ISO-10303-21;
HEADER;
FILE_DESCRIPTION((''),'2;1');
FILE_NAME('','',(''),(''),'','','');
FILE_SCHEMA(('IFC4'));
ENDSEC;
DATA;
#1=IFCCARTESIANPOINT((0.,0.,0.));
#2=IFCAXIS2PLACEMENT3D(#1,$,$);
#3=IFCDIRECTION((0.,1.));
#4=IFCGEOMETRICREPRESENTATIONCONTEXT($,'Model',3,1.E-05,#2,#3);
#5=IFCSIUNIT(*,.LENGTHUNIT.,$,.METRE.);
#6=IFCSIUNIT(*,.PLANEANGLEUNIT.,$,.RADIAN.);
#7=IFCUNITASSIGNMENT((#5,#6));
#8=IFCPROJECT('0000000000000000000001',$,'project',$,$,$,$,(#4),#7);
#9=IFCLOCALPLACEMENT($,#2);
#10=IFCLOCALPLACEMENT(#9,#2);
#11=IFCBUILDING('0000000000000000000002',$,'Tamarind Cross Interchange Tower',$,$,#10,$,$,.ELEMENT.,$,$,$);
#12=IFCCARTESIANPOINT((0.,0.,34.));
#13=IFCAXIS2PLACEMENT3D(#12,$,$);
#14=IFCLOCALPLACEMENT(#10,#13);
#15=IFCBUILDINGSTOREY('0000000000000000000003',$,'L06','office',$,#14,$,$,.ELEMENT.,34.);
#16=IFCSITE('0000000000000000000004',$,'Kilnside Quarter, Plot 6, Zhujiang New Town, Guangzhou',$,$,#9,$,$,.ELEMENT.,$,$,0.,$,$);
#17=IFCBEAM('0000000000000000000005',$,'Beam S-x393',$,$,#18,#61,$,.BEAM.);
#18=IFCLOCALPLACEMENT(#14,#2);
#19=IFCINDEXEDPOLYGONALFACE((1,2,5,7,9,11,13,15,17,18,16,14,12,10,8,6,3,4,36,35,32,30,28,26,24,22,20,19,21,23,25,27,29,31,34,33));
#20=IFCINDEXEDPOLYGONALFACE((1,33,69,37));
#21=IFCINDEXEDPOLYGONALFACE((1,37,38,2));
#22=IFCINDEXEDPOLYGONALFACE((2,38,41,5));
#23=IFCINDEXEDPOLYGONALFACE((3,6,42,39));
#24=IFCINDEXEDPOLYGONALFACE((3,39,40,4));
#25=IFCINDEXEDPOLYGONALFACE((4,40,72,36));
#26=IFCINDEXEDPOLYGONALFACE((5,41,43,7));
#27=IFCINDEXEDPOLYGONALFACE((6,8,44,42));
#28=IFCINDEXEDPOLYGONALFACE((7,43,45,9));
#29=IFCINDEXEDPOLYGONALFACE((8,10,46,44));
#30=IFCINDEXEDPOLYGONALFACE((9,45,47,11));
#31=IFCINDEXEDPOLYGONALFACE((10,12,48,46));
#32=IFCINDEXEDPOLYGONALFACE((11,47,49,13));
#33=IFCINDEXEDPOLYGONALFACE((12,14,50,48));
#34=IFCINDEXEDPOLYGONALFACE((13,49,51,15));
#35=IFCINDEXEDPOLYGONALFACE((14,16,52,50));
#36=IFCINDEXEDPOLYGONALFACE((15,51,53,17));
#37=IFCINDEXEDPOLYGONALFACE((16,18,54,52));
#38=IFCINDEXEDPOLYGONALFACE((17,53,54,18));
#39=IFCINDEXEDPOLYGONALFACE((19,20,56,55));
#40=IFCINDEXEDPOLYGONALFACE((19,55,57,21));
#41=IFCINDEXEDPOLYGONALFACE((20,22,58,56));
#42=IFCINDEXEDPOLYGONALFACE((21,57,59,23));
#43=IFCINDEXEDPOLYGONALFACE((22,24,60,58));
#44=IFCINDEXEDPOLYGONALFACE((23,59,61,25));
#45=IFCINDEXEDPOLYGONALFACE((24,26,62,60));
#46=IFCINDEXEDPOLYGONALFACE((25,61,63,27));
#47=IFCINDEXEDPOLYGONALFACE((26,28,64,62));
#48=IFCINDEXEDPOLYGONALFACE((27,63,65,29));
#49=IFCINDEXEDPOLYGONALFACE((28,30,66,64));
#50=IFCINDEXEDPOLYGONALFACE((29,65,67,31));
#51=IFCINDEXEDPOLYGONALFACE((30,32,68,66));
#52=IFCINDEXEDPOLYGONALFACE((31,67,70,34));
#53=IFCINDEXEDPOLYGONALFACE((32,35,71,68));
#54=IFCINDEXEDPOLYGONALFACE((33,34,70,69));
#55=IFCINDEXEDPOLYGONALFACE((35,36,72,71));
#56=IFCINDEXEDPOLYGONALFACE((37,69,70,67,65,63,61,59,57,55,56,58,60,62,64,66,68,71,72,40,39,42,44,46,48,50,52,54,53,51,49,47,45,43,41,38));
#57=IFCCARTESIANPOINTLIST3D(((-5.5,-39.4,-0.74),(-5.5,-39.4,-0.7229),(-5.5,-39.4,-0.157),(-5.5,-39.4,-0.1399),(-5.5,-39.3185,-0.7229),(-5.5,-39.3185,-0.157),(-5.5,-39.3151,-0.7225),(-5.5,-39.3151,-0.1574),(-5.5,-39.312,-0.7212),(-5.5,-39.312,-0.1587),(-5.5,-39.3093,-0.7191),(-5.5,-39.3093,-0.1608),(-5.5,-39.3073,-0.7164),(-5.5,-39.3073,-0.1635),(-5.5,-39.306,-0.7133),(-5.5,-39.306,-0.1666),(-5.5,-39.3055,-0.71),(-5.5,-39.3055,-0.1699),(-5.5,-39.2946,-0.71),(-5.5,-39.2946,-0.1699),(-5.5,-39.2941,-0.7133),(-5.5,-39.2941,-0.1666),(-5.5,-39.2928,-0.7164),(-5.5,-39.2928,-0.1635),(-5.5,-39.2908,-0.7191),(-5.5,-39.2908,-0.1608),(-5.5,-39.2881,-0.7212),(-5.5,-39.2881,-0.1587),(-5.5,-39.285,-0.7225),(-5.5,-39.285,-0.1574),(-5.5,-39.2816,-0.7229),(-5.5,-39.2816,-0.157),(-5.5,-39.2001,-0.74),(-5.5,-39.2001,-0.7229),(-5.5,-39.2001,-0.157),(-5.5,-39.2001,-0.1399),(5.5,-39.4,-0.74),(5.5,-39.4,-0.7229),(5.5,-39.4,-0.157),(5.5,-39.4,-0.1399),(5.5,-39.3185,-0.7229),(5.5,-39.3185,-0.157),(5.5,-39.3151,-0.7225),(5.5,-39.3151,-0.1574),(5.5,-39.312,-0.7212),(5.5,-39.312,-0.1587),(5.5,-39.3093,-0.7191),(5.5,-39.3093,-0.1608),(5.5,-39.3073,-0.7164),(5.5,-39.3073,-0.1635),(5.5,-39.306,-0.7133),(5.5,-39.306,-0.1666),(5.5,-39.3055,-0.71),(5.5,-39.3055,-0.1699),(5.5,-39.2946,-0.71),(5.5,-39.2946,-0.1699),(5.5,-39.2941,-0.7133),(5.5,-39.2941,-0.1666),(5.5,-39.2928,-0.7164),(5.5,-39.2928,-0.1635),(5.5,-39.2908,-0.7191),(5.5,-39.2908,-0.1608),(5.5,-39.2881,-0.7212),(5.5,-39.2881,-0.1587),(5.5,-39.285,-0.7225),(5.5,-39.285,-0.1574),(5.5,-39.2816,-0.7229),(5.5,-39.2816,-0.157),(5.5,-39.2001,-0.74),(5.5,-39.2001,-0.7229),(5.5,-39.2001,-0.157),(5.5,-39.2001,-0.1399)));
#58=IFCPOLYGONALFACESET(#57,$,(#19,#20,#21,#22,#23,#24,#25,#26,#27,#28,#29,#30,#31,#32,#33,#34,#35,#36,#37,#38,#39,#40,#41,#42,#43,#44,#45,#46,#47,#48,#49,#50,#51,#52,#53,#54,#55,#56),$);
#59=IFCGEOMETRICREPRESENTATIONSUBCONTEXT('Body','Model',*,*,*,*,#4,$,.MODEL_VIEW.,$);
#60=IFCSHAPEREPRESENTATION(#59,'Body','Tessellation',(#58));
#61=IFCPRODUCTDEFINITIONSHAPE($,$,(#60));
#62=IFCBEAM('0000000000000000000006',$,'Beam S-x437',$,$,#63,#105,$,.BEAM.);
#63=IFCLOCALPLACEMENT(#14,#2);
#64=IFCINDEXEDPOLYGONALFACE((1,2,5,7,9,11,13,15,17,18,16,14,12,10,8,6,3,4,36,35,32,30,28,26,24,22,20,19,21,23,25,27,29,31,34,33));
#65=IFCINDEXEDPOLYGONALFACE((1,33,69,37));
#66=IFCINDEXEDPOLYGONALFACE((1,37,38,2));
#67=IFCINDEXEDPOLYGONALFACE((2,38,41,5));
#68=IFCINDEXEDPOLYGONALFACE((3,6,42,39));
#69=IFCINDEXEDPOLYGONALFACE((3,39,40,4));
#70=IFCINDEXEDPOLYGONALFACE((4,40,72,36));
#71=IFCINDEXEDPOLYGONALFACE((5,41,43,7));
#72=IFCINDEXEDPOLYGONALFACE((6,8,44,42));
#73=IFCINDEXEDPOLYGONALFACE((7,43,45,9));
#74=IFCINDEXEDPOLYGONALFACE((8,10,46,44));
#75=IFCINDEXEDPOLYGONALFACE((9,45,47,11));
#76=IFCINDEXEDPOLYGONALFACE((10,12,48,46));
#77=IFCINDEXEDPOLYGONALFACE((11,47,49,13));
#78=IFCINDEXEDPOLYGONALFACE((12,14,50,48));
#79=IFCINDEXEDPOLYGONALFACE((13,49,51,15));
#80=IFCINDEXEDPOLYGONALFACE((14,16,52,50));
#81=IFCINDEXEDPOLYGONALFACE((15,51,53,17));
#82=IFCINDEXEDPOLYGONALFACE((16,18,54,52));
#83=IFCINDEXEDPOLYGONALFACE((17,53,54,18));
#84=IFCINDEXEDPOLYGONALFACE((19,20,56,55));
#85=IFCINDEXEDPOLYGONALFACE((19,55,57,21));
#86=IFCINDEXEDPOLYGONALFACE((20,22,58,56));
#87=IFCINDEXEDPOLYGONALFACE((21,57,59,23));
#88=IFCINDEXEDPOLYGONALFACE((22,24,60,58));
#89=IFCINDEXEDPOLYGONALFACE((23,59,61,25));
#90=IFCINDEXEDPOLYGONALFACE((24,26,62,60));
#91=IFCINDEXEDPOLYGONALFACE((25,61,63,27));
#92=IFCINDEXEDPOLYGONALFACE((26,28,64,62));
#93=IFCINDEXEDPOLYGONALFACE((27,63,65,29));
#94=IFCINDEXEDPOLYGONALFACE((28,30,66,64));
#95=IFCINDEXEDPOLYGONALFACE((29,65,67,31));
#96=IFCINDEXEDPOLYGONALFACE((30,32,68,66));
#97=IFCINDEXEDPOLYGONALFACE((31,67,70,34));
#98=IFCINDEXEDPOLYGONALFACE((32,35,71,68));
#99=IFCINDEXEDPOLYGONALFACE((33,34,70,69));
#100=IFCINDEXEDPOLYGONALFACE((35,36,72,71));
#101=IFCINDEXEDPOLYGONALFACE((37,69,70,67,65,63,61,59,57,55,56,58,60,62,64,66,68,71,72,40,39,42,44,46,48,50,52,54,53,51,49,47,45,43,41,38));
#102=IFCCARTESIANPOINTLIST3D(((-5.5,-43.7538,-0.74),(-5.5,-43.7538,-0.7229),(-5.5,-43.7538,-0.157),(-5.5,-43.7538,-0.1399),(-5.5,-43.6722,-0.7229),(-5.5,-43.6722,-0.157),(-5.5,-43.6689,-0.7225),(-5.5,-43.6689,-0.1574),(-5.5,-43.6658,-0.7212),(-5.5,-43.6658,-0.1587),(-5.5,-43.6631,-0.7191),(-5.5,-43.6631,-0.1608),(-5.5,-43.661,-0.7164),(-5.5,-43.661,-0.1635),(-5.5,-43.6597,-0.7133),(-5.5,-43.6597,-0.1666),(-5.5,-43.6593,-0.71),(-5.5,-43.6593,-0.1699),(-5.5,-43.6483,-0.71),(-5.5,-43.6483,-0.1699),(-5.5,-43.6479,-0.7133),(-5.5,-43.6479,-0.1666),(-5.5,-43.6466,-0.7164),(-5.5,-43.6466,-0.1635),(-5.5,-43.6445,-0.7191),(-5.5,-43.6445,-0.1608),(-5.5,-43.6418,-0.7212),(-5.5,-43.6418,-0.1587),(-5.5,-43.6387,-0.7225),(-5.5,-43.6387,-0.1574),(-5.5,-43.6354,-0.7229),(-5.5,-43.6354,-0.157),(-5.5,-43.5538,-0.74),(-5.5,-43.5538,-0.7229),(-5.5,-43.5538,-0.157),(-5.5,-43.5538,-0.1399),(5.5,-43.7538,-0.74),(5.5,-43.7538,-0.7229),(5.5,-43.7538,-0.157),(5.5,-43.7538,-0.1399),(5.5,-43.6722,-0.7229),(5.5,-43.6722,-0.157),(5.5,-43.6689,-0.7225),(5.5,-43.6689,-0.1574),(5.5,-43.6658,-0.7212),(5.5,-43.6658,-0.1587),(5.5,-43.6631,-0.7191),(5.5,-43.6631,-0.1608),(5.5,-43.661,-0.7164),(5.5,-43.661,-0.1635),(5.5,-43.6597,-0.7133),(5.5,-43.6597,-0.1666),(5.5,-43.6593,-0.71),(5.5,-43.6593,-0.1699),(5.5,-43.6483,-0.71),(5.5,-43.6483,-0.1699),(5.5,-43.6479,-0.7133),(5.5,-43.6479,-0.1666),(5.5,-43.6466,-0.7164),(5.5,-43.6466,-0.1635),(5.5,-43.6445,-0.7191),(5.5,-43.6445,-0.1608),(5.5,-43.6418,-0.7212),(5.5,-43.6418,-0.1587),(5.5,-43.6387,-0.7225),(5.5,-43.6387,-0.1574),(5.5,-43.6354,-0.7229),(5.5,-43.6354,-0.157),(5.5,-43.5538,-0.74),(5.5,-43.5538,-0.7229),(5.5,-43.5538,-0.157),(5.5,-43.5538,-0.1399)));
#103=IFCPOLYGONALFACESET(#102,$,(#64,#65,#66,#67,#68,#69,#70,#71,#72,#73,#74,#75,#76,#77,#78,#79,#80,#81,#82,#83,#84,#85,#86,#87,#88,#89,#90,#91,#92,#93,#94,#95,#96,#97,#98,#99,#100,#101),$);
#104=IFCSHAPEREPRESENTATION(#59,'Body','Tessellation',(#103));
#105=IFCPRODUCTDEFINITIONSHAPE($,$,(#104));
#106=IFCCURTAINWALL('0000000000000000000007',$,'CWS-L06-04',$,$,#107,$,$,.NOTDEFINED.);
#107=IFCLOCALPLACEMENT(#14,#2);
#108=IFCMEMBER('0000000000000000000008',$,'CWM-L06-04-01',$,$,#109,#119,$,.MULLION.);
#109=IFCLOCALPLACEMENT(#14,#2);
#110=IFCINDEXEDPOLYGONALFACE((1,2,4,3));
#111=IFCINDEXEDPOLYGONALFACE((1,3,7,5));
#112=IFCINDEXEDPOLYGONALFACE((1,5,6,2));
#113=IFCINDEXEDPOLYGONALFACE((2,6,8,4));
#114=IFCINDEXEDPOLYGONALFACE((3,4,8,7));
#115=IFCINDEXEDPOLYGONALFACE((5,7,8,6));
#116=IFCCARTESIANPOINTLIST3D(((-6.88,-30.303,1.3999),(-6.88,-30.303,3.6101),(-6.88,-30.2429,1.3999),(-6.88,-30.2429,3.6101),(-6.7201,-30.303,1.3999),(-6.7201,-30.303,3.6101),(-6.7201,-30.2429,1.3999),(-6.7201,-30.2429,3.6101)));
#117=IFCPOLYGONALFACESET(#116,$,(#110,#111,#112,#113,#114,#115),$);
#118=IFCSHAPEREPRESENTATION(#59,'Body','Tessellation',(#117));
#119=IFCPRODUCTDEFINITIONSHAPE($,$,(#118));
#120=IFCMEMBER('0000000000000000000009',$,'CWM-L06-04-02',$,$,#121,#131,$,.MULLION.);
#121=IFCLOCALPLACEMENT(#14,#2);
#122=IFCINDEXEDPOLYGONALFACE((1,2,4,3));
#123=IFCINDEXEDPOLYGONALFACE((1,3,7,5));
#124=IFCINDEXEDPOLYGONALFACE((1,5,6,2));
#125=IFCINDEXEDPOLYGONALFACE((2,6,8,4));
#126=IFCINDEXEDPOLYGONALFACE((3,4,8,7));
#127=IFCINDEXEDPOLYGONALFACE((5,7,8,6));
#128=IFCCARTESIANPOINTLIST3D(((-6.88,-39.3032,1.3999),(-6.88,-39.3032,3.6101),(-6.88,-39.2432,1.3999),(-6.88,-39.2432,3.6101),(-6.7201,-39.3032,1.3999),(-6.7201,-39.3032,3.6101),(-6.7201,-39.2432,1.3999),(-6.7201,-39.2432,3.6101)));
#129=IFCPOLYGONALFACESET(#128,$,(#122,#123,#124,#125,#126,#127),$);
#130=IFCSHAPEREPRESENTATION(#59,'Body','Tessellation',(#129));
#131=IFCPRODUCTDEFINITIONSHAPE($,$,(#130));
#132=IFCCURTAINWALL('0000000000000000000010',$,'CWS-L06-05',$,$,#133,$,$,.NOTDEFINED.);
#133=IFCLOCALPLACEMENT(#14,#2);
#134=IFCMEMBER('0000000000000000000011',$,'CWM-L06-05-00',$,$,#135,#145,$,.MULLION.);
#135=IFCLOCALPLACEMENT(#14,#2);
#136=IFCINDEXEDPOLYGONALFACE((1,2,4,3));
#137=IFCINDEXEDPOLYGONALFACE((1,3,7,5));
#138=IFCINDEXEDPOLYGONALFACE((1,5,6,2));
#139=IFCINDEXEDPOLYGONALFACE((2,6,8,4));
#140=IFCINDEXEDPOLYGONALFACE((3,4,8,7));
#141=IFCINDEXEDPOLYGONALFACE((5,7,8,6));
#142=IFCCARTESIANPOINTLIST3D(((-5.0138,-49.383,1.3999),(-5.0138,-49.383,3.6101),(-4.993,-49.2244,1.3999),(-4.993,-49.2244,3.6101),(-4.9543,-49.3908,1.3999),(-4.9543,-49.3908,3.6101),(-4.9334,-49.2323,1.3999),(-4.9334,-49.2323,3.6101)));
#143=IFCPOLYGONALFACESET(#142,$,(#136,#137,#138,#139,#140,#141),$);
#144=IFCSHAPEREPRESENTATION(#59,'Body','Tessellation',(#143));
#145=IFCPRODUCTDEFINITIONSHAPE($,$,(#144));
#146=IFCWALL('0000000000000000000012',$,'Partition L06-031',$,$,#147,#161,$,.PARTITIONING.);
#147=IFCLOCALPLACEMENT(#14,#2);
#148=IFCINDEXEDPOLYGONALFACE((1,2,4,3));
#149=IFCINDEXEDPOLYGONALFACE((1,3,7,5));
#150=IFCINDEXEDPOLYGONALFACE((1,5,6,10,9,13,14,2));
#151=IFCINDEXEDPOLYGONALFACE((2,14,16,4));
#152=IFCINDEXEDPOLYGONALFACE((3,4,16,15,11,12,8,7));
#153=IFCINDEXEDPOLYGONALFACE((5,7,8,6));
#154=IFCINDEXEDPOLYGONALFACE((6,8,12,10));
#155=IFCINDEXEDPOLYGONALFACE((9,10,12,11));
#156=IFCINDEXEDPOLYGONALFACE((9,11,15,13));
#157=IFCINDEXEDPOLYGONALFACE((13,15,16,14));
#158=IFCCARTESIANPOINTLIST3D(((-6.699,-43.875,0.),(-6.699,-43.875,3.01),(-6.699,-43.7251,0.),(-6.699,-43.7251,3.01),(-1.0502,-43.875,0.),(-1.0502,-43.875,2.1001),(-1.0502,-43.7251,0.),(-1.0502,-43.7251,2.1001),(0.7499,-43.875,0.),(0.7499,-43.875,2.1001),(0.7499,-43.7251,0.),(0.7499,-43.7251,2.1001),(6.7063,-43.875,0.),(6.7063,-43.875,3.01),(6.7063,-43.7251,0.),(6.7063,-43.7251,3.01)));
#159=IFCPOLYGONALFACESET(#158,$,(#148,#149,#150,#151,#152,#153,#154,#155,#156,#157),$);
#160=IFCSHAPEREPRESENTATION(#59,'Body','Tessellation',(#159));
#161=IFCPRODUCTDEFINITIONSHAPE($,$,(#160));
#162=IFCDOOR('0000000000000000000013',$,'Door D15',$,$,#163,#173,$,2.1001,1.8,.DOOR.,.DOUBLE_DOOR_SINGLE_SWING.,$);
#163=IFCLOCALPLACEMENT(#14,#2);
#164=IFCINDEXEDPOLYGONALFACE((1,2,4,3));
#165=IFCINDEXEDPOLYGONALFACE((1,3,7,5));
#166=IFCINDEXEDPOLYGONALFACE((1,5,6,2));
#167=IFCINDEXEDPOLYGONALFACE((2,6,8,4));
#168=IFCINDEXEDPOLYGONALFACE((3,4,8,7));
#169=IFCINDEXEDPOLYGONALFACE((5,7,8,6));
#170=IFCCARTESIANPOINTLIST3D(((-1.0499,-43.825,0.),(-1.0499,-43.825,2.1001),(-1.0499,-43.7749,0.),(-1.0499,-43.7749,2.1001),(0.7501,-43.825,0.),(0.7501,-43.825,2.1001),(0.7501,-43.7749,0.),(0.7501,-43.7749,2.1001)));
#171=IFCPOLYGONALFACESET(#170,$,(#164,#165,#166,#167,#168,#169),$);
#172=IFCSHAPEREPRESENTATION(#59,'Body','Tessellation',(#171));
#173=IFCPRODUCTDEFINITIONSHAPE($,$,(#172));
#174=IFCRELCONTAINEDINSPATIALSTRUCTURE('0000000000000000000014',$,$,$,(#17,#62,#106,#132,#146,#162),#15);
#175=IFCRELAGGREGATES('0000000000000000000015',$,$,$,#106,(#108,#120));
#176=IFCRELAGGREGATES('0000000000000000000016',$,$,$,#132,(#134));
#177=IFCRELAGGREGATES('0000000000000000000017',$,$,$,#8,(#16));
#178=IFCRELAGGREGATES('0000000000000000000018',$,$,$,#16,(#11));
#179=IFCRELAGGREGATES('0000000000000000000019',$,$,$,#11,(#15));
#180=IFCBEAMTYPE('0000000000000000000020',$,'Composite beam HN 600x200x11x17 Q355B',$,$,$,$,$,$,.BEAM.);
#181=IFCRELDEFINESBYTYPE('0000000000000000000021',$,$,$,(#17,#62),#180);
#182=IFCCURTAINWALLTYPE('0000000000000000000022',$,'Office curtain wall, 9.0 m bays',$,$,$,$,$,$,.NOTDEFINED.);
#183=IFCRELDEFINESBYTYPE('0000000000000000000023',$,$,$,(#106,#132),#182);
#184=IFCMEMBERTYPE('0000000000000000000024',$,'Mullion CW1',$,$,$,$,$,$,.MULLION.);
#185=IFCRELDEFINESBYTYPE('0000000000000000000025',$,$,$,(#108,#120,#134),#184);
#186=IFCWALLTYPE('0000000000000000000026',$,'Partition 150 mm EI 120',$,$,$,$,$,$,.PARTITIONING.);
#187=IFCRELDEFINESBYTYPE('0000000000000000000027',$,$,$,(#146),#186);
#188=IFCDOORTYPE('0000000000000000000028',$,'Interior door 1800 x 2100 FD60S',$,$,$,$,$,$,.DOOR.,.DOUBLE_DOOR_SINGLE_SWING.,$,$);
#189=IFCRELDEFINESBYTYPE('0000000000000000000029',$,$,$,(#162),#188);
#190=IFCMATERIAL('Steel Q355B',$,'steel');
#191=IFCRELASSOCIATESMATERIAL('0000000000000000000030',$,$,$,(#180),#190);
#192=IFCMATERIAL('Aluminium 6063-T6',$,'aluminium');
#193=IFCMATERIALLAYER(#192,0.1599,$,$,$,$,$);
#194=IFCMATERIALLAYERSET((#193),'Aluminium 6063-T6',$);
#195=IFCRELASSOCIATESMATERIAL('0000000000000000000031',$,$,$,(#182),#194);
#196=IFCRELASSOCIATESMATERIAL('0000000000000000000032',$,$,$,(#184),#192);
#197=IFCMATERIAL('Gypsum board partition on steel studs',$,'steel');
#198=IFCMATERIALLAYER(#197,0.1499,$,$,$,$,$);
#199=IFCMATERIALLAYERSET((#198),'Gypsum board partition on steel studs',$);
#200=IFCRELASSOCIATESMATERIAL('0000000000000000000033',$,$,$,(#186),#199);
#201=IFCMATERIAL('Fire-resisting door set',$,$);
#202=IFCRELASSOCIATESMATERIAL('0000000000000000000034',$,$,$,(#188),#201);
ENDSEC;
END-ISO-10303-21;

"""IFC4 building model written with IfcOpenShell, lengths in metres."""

from ifc_helpers import new_model, si_unit, direction, frame, frame_2d, origin, origin_2d, place, context, subcontext, project, spatial, rectangle, i_section, extrude, material, layer, layer_set, material_profile, profile_set, type_object, element, fill, aggregate, save


model = new_model("IFC4")

# Units and contexts
model_context = context("Model", 3, precision=1e-05, world=origin(), true_north=direction((0.0, 1.0)))
body_context = subcontext(model_context, "Body", "Model", "MODEL_VIEW")
ifc_project = project(units=[si_unit("LENGTHUNIT", "METRE"), si_unit("PLANEANGLEUNIT", "RADIAN")], contexts=[model_context])

# Site, building, storey
site_placement = place(None, origin())
site = spatial("IfcSite", under=ifc_project, at=site_placement, Name="Kilnside Quarter, Plot 6, Zhujiang New Town, Guangzhou", CompositionType="ELEMENT", RefElevation=0.0)
building_placement = place(site_placement, origin())
building = spatial("IfcBuilding", under=site, at=building_placement, Name="Tamarind Cross Interchange Tower", CompositionType="ELEMENT")
storey_placement = place(building_placement, frame((0.0, 0.0, 34.0)))
storey = spatial("IfcBuildingStorey", under=building, at=storey_placement, Name="L06", Description="office", CompositionType="ELEMENT", Elevation=34.0)

# Beams
ifc_material_1 = material(Name="Steel Q355B", Category="steel")
ifc_material_profile_1 = material_profile(ifc_material_1, i_section(OverallWidth=0.2, OverallDepth=0.6001, WebThickness=0.011, FlangeThickness=0.0171, FilletRadius=0.0129, at=origin_2d()), Name="HN 600x200x11x17")
ifc_profile_set_1 = profile_set([ifc_material_profile_1], Name="Steel Q355B")
beam_type_1 = type_object("IfcBeamType", Name="Composite beam HN 600x200x11x17 Q355B", PredefinedType="BEAM", material=ifc_profile_set_1)
for number, where, z_axis, x_axis, name in (
    (1, (-5.5, -39.3, -0.4399), (1.0, 0.0, 0.0), (0.0, 1.0, 0.0), "Beam S-x393"),
    (2, (-5.5, -43.6538, -0.4399), (1.0, 0.0, 0.0), (0.0, 1.0, 0.0), "Beam S-x437"),
):
    element("IfcBeam", number, at=place(storey_placement, frame(where, z_axis=z_axis, x_axis=x_axis)), inside=storey, type_object=beam_type_1, Name=name, PredefinedType="BEAM", context=body_context, shape_type="SweptSolid", body=[
        extrude(i_section(OverallWidth=0.2, OverallDepth=0.6001, WebThickness=0.011, FlangeThickness=0.0171, FilletRadius=0.0129, at=origin_2d()), origin(), (0.0, 0.0, 1.0), 11.0),
    ])

# Curtain wall, members
ifc_material_2 = material(Name="Aluminium 6063-T6", Category="aluminium")
ifc_layer_1 = layer(ifc_material_2, 0.1599)
ifc_layer_set_1 = layer_set([ifc_layer_1], Name="Aluminium 6063-T6")
curtain_wall_type = type_object("IfcCurtainWallType", Name="Office curtain wall, 9.0 m bays", PredefinedType="NOTDEFINED", material=ifc_layer_set_1)
curtain_wall_1_placement = place(storey_placement, origin())
curtain_wall_1 = element("IfcCurtainWall", 3, at=curtain_wall_1_placement, inside=storey, type_object=curtain_wall_type, Name="CWS-L06-04", PredefinedType="NOTDEFINED")
ifc_material_profile_2 = material_profile(ifc_material_2, rectangle(XDim=0.0601, YDim=0.1599, at=origin_2d()), Name="Mullion CW1")
ifc_profile_set_2 = profile_set([ifc_material_profile_2], Name="Aluminium 6063-T6")
member_type = type_object("IfcMemberType", Name="Mullion CW1", PredefinedType="MULLION", material=ifc_profile_set_2)
member_1_placement = place(storey_placement, frame((-6.8, -30.2729, 1.3999), z_axis=(0.0, 0.0, 1.0), x_axis=(0.0, -1.0, 0.0)))
member_1 = element("IfcMember", 4, at=member_1_placement, type_object=member_type, Name="CWM-L06-04-01", PredefinedType="MULLION", context=body_context, shape_type="SweptSolid", body=[
    extrude(rectangle(XDim=0.0601, YDim=0.1599, at=origin_2d()), origin(), (0.0, 0.0, 1.0), 2.2102),
])
member_2_placement = place(storey_placement, frame((-6.8, -39.2732, 1.3999), z_axis=(0.0, 0.0, 1.0), x_axis=(0.0, -1.0, 0.0)))
member_2 = element("IfcMember", 5, at=member_2_placement, type_object=member_type, Name="CWM-L06-04-02", PredefinedType="MULLION", context=body_context, shape_type="SweptSolid", body=[
    extrude(rectangle(XDim=0.0601, YDim=0.1599, at=origin_2d()), origin(), (0.0, 0.0, 1.0), 2.2102),
])
aggregate(curtain_wall_1, [member_1, member_2])

# Curtain wall, member
curtain_wall_2_placement = place(storey_placement, origin())
curtain_wall_2 = element("IfcCurtainWall", 6, at=curtain_wall_2_placement, inside=storey, type_object=curtain_wall_type, Name="CWS-L06-05", PredefinedType="NOTDEFINED")
member_3_placement = place(storey_placement, frame((-4.9736, -49.3076, 1.3999), z_axis=(0.0, 0.0, 1.0), x_axis=(0.991445, -0.130526, 0.0)))
member_3 = element("IfcMember", 7, at=member_3_placement, type_object=member_type, Name="CWM-L06-05-00", PredefinedType="MULLION", context=body_context, shape_type="SweptSolid", body=[
    extrude(rectangle(XDim=0.0601, YDim=0.1599, at=origin_2d()), origin(), (0.0, 0.0, 1.0), 2.2102),
])
aggregate(curtain_wall_2, [member_3])

# Wall, opening, door
ifc_material_3 = material(Name="Gypsum board partition on steel studs", Category="steel")
ifc_layer_2 = layer(ifc_material_3, 0.1499)
ifc_layer_set_2 = layer_set([ifc_layer_2], Name="Gypsum board partition on steel studs")
wall_type_1 = type_object("IfcWallType", Name="Partition 150 mm EI 120", PredefinedType="PARTITIONING", material=ifc_layer_set_2)
wall_1_placement = place(storey_placement, frame((-6.699, -43.8, 0.0), z_axis=(0.0, 0.0, 1.0), x_axis=(1.0, 0.0, 0.0)))
wall_1 = element("IfcWall", 8, at=wall_1_placement, inside=storey, type_object=wall_type_1, Name="Partition L06-031", PredefinedType="PARTITIONING", context=body_context, shape_type="SweptSolid", body=[
    extrude(rectangle(XDim=13.4053, YDim=0.1499, at=frame_2d((6.7026, 0.0))), origin(), (0.0, 0.0, 1.0), 3.01),
])
opening_1_placement = place(wall_1_placement, frame((5.6489, 0.0, 0.0)))
opening_1 = element("IfcOpeningElement", 9, at=opening_1_placement, cuts=wall_1, PredefinedType="OPENING", context=body_context, shape_type="SweptSolid", body=[
    extrude(rectangle(XDim=1.8, YDim=2.1001, at=frame_2d((0.8999, 1.05))), frame((0.0, 0.085, 0.0), z_axis=(0.0, -1.0, 0.0), x_axis=(1.0, 0.0, 0.0)), (0.0, 0.0, 1.0), 0.1699),
])
ifc_material_4 = material(Name="Fire-resisting door set")
door_type_1 = type_object("IfcDoorType", Name="Interior door 1800 x 2100 FD60S", OperationType="DOUBLE_DOOR_SINGLE_SWING", PredefinedType="DOOR", material=ifc_material_4)
door_1_placement = place(opening_1_placement, frame((1.8, 0.0, 0.0), z_axis=(0.0, 0.0, 1.0), x_axis=(-1.0, 0.0, 0.0)))
door_1 = element("IfcDoor", 10, at=door_1_placement, inside=storey, type_object=door_type_1, Name="Door D15", OperationType="DOUBLE_DOOR_SINGLE_SWING", OverallHeight=2.1001, OverallWidth=1.8, PredefinedType="DOOR", context=body_context, shape_type="SweptSolid", body=[
    extrude(rectangle(XDim=1.8, YDim=2.1001, at=frame_2d((0.8999, 1.05))), frame((0.0, 0.0249, 0.0), z_axis=(0.0, -1.0, 0.0), x_axis=(1.0, 0.0, 0.0)), (0.0, 0.0, 1.0), 0.05),
])
fill(opening_1, door_1)

save(model, "model.ifc")
